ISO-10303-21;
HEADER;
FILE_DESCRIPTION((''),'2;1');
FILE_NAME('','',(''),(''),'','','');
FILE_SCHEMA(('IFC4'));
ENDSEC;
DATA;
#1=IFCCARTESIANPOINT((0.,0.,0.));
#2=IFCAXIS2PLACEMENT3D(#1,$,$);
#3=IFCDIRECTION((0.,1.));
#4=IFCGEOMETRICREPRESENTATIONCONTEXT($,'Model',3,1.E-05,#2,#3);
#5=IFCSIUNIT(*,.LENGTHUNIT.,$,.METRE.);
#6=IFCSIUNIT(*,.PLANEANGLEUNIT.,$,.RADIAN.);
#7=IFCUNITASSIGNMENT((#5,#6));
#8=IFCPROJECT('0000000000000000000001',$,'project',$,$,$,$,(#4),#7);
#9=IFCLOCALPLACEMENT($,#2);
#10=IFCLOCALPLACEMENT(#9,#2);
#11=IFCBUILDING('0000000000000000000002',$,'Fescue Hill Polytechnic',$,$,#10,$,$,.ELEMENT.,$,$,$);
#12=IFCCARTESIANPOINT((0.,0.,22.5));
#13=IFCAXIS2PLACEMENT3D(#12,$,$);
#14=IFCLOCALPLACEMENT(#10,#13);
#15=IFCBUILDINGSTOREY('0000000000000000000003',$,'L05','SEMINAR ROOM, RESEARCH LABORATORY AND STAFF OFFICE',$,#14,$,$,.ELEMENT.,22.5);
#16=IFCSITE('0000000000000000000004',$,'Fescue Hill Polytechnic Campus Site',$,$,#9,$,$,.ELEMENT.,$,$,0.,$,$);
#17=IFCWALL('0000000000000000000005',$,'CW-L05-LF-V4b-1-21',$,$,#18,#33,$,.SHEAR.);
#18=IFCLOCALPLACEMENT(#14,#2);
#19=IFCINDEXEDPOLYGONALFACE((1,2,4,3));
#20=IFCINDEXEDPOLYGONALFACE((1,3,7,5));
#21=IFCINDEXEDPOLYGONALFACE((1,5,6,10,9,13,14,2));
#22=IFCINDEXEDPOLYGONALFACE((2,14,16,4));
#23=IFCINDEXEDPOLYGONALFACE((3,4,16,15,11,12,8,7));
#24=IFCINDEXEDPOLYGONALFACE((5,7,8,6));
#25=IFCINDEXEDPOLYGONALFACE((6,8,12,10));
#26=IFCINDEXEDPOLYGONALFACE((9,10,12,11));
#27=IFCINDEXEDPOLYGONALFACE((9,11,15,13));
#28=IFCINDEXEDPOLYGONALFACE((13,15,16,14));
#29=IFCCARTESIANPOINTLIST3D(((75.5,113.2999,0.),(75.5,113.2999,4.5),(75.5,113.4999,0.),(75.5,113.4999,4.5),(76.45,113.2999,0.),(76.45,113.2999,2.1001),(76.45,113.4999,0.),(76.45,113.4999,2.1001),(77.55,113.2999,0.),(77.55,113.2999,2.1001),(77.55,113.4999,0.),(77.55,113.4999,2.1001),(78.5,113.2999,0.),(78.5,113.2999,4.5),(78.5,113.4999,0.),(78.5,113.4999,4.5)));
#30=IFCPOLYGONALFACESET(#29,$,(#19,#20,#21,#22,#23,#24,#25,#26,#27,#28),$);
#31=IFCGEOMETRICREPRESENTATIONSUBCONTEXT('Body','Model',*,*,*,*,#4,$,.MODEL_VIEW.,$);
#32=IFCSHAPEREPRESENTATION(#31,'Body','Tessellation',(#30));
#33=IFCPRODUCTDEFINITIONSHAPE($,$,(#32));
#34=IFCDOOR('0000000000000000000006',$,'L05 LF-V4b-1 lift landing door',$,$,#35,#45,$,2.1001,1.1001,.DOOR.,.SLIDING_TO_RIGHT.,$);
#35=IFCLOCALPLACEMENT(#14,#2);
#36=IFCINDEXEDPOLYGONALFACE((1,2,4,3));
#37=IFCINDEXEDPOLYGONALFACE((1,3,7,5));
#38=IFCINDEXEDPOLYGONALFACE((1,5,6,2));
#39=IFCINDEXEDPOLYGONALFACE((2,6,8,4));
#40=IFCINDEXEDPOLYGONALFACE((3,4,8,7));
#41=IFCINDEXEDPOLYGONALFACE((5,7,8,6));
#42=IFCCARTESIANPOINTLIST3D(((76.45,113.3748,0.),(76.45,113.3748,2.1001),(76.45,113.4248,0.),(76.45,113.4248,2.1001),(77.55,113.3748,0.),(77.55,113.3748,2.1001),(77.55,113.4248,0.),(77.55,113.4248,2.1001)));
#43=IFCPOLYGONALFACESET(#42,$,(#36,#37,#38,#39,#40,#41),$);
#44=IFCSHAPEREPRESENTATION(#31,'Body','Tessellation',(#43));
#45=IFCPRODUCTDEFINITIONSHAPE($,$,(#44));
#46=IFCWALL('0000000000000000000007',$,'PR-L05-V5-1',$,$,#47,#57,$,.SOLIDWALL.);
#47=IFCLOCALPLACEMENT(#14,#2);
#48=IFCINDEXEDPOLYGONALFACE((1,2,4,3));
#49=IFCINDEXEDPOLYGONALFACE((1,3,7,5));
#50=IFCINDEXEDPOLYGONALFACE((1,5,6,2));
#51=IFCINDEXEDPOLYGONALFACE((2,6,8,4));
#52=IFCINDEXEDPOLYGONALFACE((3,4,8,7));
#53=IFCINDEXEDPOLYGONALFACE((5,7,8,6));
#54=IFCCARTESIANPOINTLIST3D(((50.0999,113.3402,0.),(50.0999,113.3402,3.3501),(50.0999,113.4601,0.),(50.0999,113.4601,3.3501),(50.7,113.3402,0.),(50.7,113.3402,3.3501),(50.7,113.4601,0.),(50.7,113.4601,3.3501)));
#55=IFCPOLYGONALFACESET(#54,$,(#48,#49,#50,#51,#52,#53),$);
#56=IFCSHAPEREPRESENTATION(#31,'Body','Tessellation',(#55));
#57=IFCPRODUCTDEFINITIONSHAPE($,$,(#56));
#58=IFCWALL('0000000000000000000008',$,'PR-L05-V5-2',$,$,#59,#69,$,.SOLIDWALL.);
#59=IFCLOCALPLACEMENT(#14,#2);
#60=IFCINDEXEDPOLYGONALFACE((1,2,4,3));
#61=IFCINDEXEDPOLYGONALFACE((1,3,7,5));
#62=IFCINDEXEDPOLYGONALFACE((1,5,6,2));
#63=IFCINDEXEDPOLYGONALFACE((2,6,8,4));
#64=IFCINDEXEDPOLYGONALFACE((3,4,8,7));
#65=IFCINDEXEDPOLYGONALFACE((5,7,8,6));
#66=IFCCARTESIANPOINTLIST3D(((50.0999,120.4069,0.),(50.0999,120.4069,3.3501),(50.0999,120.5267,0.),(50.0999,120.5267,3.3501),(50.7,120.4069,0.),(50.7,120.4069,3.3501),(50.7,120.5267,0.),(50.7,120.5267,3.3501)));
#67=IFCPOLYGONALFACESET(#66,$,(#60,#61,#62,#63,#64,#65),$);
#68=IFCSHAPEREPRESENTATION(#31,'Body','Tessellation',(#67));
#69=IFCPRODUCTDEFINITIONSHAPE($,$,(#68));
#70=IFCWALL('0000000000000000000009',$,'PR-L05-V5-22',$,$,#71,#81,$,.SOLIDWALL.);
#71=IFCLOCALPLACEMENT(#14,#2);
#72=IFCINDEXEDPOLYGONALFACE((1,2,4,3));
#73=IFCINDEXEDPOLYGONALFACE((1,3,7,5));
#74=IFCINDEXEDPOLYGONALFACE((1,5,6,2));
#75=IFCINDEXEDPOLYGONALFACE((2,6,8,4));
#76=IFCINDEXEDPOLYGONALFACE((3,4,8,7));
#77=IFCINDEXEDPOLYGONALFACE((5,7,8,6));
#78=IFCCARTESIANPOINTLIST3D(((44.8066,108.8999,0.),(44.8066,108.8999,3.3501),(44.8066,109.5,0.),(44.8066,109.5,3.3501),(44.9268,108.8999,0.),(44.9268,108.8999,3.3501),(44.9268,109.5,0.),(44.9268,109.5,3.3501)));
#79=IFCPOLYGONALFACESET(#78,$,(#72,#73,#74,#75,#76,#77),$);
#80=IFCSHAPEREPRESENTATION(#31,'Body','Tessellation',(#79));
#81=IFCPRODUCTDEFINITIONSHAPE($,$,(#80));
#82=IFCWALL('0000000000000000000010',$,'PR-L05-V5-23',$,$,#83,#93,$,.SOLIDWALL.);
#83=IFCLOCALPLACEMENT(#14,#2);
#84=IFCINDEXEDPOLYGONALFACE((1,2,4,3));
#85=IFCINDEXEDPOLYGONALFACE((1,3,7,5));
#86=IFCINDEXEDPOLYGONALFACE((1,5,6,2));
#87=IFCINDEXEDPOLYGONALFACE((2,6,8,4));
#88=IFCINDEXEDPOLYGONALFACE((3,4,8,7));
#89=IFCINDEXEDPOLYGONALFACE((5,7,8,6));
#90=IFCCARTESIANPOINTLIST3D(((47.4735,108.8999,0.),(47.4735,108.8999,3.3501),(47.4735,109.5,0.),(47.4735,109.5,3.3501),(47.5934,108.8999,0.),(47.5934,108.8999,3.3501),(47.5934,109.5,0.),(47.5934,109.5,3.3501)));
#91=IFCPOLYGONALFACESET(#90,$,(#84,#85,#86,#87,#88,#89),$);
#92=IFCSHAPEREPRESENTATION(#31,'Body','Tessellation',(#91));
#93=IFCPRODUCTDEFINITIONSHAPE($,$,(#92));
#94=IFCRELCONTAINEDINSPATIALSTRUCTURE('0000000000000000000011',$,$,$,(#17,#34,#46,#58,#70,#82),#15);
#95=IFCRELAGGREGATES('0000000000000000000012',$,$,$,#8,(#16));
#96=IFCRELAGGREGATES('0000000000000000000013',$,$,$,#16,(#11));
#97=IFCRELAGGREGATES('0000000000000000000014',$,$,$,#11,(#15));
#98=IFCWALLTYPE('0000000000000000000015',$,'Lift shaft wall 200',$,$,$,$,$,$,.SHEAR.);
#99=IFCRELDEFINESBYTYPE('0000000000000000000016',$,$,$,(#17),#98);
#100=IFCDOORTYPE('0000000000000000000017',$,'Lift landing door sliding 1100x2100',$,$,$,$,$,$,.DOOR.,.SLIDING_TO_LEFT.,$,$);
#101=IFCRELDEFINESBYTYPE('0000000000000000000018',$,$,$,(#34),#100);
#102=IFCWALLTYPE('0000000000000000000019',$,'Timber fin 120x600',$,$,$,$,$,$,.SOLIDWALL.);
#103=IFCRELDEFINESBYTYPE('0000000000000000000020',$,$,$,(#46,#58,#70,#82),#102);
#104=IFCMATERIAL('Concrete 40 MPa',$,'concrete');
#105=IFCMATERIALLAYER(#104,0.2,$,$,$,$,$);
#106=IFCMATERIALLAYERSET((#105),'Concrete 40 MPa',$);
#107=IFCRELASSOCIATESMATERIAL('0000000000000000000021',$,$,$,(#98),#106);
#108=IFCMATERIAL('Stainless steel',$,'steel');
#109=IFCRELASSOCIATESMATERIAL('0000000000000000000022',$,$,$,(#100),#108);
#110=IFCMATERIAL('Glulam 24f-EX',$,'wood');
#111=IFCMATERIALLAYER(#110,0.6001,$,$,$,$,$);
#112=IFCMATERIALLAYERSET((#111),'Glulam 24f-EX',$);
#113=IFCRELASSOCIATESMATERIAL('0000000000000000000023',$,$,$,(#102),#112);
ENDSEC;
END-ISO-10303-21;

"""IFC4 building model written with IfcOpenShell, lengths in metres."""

from ifc_helpers import new_model, si_unit, direction, frame, frame_2d, origin, place, context, subcontext, project, spatial, rectangle, extrude, material, layer, layer_set, type_object, element, fill, save


model = new_model("IFC4")

# Units and contexts
model_context = context("Model", 3, precision=1e-05, world=origin(), true_north=direction((0.0, 1.0)))
body_context = subcontext(model_context, "Body", "Model", "MODEL_VIEW")
ifc_project = project(units=[si_unit("LENGTHUNIT", "METRE"), si_unit("PLANEANGLEUNIT", "RADIAN")], contexts=[model_context])

# Site, building, storey
site_placement = place(None, origin())
site = spatial("IfcSite", under=ifc_project, at=site_placement, Name="Fescue Hill Polytechnic Campus Site", CompositionType="ELEMENT", RefElevation=0.0)
building_placement = place(site_placement, origin())
building = spatial("IfcBuilding", under=site, at=building_placement, Name="Fescue Hill Polytechnic", CompositionType="ELEMENT")
storey_placement = place(building_placement, frame((0.0, 0.0, 22.5)))
storey = spatial("IfcBuildingStorey", under=building, at=storey_placement, Name="L05", Description="SEMINAR ROOM, RESEARCH LABORATORY AND STAFF OFFICE", CompositionType="ELEMENT", Elevation=22.5)

# Shared definitions
ifc_material_1 = material(Name="Concrete 40 MPa", Category="concrete")

# Wall, opening, door
ifc_layer_1 = layer(ifc_material_1, 0.2)
ifc_layer_set_1 = layer_set([ifc_layer_1], Name="Concrete 40 MPa")
wall_type_1 = type_object("IfcWallType", Name="Lift shaft wall 200", PredefinedType="SHEAR", material=ifc_layer_set_1)
wall_1_placement = place(storey_placement, frame((75.5, 113.3999, 0.0), z_axis=(0.0, 0.0, 1.0), x_axis=(1.0, 0.0, 0.0)))
wall_1 = element("IfcWall", 1, at=wall_1_placement, inside=storey, type_object=wall_type_1, Name="CW-L05-LF-V4b-1-21", PredefinedType="SHEAR", context=body_context, shape_type="SweptSolid", body=[
    extrude(rectangle(XDim=3.0, YDim=0.2, at=frame_2d((1.5, 0.0))), origin(), (0.0, 0.0, 1.0), 4.5),
])
opening_1_placement = place(wall_1_placement, frame((0.95, 0.0, 0.0)))
opening_1 = element("IfcOpeningElement", 2, at=opening_1_placement, cuts=wall_1, PredefinedType="OPENING", context=body_context, shape_type="SweptSolid", body=[
    extrude(rectangle(XDim=1.1001, YDim=2.1001, at=frame_2d((0.55, 1.05))), frame((0.0, 0.1099, 0.0), z_axis=(0.0, -1.0, 0.0), x_axis=(1.0, 0.0, 0.0)), (0.0, 0.0, 1.0), 0.22),
])
ifc_material_2 = material(Name="Stainless steel", Category="steel")
door_type_1 = type_object("IfcDoorType", Name="Lift landing door sliding 1100x2100", OperationType="SLIDING_TO_LEFT", PredefinedType="DOOR", material=ifc_material_2)
door_1_placement = place(opening_1_placement, origin())
door_1 = element("IfcDoor", 3, at=door_1_placement, inside=storey, type_object=door_type_1, Name="L05 LF-V4b-1 lift landing door", OperationType="SLIDING_TO_RIGHT", OverallHeight=2.1001, OverallWidth=1.1001, PredefinedType="DOOR", context=body_context, shape_type="SweptSolid", body=[
    extrude(rectangle(XDim=1.1001, YDim=2.1001, at=frame_2d((0.55, 1.05))), frame((0.0, 0.0249, 0.0), z_axis=(0.0, -1.0, 0.0), x_axis=(1.0, 0.0, 0.0)), (0.0, 0.0, 1.0), 0.05),
])
fill(opening_1, door_1)

# Walls
ifc_material_3 = material(Name="Glulam 24f-EX", Category="wood")
ifc_layer_2 = layer(ifc_material_3, 0.6001)
ifc_layer_set_2 = layer_set([ifc_layer_2], Name="Glulam 24f-EX")
wall_type_2 = type_object("IfcWallType", Name="Timber fin 120x600", PredefinedType="SOLIDWALL", material=ifc_layer_set_2)
for number, where, z_axis, x_axis, name in (
    (4, (50.3999, 113.3401, 0.0), (0.0, 0.0, 1.0), (0.0, 1.0, 0.0), "PR-L05-V5-1"),
    (5, (50.3999, 120.4067, 0.0), (0.0, 0.0, 1.0), (0.0, 1.0, 0.0), "PR-L05-V5-2"),
):
    element("IfcWall", number, at=place(storey_placement, frame(where, z_axis=z_axis, x_axis=x_axis)), inside=storey, type_object=wall_type_2, Name=name, PredefinedType="SOLIDWALL", context=body_context, shape_type="SweptSolid", body=[
        extrude(rectangle(XDim=0.1199, YDim=0.6001, at=frame_2d((0.0601, 0.0))), origin(), (0.0, 0.0, 1.0), 3.3501),
    ])
wall_2_placement = place(storey_placement, frame((44.8066, 109.2, 0.0), z_axis=(0.0, 0.0, 1.0), x_axis=(1.0, 0.0, 0.0)))
element("IfcWall", 6, at=wall_2_placement, inside=storey, type_object=wall_type_2, Name="PR-L05-V5-22", PredefinedType="SOLIDWALL", context=body_context, shape_type="SweptSolid", body=[
    extrude(rectangle(XDim=0.1201, YDim=0.6001, at=frame_2d((0.0601, 0.0))), origin(), (0.0, 0.0, 1.0), 3.3501),
])
wall_3_placement = place(storey_placement, frame((47.4734, 109.2, 0.0), z_axis=(0.0, 0.0, 1.0), x_axis=(1.0, 0.0, 0.0)))
element("IfcWall", 7, at=wall_3_placement, inside=storey, type_object=wall_type_2, Name="PR-L05-V5-23", PredefinedType="SOLIDWALL", context=body_context, shape_type="SweptSolid", body=[
    extrude(rectangle(XDim=0.1199, YDim=0.6001, at=frame_2d((0.0601, 0.0))), origin(), (0.0, 0.0, 1.0), 3.3501),
])

save(model, "model.ifc")
